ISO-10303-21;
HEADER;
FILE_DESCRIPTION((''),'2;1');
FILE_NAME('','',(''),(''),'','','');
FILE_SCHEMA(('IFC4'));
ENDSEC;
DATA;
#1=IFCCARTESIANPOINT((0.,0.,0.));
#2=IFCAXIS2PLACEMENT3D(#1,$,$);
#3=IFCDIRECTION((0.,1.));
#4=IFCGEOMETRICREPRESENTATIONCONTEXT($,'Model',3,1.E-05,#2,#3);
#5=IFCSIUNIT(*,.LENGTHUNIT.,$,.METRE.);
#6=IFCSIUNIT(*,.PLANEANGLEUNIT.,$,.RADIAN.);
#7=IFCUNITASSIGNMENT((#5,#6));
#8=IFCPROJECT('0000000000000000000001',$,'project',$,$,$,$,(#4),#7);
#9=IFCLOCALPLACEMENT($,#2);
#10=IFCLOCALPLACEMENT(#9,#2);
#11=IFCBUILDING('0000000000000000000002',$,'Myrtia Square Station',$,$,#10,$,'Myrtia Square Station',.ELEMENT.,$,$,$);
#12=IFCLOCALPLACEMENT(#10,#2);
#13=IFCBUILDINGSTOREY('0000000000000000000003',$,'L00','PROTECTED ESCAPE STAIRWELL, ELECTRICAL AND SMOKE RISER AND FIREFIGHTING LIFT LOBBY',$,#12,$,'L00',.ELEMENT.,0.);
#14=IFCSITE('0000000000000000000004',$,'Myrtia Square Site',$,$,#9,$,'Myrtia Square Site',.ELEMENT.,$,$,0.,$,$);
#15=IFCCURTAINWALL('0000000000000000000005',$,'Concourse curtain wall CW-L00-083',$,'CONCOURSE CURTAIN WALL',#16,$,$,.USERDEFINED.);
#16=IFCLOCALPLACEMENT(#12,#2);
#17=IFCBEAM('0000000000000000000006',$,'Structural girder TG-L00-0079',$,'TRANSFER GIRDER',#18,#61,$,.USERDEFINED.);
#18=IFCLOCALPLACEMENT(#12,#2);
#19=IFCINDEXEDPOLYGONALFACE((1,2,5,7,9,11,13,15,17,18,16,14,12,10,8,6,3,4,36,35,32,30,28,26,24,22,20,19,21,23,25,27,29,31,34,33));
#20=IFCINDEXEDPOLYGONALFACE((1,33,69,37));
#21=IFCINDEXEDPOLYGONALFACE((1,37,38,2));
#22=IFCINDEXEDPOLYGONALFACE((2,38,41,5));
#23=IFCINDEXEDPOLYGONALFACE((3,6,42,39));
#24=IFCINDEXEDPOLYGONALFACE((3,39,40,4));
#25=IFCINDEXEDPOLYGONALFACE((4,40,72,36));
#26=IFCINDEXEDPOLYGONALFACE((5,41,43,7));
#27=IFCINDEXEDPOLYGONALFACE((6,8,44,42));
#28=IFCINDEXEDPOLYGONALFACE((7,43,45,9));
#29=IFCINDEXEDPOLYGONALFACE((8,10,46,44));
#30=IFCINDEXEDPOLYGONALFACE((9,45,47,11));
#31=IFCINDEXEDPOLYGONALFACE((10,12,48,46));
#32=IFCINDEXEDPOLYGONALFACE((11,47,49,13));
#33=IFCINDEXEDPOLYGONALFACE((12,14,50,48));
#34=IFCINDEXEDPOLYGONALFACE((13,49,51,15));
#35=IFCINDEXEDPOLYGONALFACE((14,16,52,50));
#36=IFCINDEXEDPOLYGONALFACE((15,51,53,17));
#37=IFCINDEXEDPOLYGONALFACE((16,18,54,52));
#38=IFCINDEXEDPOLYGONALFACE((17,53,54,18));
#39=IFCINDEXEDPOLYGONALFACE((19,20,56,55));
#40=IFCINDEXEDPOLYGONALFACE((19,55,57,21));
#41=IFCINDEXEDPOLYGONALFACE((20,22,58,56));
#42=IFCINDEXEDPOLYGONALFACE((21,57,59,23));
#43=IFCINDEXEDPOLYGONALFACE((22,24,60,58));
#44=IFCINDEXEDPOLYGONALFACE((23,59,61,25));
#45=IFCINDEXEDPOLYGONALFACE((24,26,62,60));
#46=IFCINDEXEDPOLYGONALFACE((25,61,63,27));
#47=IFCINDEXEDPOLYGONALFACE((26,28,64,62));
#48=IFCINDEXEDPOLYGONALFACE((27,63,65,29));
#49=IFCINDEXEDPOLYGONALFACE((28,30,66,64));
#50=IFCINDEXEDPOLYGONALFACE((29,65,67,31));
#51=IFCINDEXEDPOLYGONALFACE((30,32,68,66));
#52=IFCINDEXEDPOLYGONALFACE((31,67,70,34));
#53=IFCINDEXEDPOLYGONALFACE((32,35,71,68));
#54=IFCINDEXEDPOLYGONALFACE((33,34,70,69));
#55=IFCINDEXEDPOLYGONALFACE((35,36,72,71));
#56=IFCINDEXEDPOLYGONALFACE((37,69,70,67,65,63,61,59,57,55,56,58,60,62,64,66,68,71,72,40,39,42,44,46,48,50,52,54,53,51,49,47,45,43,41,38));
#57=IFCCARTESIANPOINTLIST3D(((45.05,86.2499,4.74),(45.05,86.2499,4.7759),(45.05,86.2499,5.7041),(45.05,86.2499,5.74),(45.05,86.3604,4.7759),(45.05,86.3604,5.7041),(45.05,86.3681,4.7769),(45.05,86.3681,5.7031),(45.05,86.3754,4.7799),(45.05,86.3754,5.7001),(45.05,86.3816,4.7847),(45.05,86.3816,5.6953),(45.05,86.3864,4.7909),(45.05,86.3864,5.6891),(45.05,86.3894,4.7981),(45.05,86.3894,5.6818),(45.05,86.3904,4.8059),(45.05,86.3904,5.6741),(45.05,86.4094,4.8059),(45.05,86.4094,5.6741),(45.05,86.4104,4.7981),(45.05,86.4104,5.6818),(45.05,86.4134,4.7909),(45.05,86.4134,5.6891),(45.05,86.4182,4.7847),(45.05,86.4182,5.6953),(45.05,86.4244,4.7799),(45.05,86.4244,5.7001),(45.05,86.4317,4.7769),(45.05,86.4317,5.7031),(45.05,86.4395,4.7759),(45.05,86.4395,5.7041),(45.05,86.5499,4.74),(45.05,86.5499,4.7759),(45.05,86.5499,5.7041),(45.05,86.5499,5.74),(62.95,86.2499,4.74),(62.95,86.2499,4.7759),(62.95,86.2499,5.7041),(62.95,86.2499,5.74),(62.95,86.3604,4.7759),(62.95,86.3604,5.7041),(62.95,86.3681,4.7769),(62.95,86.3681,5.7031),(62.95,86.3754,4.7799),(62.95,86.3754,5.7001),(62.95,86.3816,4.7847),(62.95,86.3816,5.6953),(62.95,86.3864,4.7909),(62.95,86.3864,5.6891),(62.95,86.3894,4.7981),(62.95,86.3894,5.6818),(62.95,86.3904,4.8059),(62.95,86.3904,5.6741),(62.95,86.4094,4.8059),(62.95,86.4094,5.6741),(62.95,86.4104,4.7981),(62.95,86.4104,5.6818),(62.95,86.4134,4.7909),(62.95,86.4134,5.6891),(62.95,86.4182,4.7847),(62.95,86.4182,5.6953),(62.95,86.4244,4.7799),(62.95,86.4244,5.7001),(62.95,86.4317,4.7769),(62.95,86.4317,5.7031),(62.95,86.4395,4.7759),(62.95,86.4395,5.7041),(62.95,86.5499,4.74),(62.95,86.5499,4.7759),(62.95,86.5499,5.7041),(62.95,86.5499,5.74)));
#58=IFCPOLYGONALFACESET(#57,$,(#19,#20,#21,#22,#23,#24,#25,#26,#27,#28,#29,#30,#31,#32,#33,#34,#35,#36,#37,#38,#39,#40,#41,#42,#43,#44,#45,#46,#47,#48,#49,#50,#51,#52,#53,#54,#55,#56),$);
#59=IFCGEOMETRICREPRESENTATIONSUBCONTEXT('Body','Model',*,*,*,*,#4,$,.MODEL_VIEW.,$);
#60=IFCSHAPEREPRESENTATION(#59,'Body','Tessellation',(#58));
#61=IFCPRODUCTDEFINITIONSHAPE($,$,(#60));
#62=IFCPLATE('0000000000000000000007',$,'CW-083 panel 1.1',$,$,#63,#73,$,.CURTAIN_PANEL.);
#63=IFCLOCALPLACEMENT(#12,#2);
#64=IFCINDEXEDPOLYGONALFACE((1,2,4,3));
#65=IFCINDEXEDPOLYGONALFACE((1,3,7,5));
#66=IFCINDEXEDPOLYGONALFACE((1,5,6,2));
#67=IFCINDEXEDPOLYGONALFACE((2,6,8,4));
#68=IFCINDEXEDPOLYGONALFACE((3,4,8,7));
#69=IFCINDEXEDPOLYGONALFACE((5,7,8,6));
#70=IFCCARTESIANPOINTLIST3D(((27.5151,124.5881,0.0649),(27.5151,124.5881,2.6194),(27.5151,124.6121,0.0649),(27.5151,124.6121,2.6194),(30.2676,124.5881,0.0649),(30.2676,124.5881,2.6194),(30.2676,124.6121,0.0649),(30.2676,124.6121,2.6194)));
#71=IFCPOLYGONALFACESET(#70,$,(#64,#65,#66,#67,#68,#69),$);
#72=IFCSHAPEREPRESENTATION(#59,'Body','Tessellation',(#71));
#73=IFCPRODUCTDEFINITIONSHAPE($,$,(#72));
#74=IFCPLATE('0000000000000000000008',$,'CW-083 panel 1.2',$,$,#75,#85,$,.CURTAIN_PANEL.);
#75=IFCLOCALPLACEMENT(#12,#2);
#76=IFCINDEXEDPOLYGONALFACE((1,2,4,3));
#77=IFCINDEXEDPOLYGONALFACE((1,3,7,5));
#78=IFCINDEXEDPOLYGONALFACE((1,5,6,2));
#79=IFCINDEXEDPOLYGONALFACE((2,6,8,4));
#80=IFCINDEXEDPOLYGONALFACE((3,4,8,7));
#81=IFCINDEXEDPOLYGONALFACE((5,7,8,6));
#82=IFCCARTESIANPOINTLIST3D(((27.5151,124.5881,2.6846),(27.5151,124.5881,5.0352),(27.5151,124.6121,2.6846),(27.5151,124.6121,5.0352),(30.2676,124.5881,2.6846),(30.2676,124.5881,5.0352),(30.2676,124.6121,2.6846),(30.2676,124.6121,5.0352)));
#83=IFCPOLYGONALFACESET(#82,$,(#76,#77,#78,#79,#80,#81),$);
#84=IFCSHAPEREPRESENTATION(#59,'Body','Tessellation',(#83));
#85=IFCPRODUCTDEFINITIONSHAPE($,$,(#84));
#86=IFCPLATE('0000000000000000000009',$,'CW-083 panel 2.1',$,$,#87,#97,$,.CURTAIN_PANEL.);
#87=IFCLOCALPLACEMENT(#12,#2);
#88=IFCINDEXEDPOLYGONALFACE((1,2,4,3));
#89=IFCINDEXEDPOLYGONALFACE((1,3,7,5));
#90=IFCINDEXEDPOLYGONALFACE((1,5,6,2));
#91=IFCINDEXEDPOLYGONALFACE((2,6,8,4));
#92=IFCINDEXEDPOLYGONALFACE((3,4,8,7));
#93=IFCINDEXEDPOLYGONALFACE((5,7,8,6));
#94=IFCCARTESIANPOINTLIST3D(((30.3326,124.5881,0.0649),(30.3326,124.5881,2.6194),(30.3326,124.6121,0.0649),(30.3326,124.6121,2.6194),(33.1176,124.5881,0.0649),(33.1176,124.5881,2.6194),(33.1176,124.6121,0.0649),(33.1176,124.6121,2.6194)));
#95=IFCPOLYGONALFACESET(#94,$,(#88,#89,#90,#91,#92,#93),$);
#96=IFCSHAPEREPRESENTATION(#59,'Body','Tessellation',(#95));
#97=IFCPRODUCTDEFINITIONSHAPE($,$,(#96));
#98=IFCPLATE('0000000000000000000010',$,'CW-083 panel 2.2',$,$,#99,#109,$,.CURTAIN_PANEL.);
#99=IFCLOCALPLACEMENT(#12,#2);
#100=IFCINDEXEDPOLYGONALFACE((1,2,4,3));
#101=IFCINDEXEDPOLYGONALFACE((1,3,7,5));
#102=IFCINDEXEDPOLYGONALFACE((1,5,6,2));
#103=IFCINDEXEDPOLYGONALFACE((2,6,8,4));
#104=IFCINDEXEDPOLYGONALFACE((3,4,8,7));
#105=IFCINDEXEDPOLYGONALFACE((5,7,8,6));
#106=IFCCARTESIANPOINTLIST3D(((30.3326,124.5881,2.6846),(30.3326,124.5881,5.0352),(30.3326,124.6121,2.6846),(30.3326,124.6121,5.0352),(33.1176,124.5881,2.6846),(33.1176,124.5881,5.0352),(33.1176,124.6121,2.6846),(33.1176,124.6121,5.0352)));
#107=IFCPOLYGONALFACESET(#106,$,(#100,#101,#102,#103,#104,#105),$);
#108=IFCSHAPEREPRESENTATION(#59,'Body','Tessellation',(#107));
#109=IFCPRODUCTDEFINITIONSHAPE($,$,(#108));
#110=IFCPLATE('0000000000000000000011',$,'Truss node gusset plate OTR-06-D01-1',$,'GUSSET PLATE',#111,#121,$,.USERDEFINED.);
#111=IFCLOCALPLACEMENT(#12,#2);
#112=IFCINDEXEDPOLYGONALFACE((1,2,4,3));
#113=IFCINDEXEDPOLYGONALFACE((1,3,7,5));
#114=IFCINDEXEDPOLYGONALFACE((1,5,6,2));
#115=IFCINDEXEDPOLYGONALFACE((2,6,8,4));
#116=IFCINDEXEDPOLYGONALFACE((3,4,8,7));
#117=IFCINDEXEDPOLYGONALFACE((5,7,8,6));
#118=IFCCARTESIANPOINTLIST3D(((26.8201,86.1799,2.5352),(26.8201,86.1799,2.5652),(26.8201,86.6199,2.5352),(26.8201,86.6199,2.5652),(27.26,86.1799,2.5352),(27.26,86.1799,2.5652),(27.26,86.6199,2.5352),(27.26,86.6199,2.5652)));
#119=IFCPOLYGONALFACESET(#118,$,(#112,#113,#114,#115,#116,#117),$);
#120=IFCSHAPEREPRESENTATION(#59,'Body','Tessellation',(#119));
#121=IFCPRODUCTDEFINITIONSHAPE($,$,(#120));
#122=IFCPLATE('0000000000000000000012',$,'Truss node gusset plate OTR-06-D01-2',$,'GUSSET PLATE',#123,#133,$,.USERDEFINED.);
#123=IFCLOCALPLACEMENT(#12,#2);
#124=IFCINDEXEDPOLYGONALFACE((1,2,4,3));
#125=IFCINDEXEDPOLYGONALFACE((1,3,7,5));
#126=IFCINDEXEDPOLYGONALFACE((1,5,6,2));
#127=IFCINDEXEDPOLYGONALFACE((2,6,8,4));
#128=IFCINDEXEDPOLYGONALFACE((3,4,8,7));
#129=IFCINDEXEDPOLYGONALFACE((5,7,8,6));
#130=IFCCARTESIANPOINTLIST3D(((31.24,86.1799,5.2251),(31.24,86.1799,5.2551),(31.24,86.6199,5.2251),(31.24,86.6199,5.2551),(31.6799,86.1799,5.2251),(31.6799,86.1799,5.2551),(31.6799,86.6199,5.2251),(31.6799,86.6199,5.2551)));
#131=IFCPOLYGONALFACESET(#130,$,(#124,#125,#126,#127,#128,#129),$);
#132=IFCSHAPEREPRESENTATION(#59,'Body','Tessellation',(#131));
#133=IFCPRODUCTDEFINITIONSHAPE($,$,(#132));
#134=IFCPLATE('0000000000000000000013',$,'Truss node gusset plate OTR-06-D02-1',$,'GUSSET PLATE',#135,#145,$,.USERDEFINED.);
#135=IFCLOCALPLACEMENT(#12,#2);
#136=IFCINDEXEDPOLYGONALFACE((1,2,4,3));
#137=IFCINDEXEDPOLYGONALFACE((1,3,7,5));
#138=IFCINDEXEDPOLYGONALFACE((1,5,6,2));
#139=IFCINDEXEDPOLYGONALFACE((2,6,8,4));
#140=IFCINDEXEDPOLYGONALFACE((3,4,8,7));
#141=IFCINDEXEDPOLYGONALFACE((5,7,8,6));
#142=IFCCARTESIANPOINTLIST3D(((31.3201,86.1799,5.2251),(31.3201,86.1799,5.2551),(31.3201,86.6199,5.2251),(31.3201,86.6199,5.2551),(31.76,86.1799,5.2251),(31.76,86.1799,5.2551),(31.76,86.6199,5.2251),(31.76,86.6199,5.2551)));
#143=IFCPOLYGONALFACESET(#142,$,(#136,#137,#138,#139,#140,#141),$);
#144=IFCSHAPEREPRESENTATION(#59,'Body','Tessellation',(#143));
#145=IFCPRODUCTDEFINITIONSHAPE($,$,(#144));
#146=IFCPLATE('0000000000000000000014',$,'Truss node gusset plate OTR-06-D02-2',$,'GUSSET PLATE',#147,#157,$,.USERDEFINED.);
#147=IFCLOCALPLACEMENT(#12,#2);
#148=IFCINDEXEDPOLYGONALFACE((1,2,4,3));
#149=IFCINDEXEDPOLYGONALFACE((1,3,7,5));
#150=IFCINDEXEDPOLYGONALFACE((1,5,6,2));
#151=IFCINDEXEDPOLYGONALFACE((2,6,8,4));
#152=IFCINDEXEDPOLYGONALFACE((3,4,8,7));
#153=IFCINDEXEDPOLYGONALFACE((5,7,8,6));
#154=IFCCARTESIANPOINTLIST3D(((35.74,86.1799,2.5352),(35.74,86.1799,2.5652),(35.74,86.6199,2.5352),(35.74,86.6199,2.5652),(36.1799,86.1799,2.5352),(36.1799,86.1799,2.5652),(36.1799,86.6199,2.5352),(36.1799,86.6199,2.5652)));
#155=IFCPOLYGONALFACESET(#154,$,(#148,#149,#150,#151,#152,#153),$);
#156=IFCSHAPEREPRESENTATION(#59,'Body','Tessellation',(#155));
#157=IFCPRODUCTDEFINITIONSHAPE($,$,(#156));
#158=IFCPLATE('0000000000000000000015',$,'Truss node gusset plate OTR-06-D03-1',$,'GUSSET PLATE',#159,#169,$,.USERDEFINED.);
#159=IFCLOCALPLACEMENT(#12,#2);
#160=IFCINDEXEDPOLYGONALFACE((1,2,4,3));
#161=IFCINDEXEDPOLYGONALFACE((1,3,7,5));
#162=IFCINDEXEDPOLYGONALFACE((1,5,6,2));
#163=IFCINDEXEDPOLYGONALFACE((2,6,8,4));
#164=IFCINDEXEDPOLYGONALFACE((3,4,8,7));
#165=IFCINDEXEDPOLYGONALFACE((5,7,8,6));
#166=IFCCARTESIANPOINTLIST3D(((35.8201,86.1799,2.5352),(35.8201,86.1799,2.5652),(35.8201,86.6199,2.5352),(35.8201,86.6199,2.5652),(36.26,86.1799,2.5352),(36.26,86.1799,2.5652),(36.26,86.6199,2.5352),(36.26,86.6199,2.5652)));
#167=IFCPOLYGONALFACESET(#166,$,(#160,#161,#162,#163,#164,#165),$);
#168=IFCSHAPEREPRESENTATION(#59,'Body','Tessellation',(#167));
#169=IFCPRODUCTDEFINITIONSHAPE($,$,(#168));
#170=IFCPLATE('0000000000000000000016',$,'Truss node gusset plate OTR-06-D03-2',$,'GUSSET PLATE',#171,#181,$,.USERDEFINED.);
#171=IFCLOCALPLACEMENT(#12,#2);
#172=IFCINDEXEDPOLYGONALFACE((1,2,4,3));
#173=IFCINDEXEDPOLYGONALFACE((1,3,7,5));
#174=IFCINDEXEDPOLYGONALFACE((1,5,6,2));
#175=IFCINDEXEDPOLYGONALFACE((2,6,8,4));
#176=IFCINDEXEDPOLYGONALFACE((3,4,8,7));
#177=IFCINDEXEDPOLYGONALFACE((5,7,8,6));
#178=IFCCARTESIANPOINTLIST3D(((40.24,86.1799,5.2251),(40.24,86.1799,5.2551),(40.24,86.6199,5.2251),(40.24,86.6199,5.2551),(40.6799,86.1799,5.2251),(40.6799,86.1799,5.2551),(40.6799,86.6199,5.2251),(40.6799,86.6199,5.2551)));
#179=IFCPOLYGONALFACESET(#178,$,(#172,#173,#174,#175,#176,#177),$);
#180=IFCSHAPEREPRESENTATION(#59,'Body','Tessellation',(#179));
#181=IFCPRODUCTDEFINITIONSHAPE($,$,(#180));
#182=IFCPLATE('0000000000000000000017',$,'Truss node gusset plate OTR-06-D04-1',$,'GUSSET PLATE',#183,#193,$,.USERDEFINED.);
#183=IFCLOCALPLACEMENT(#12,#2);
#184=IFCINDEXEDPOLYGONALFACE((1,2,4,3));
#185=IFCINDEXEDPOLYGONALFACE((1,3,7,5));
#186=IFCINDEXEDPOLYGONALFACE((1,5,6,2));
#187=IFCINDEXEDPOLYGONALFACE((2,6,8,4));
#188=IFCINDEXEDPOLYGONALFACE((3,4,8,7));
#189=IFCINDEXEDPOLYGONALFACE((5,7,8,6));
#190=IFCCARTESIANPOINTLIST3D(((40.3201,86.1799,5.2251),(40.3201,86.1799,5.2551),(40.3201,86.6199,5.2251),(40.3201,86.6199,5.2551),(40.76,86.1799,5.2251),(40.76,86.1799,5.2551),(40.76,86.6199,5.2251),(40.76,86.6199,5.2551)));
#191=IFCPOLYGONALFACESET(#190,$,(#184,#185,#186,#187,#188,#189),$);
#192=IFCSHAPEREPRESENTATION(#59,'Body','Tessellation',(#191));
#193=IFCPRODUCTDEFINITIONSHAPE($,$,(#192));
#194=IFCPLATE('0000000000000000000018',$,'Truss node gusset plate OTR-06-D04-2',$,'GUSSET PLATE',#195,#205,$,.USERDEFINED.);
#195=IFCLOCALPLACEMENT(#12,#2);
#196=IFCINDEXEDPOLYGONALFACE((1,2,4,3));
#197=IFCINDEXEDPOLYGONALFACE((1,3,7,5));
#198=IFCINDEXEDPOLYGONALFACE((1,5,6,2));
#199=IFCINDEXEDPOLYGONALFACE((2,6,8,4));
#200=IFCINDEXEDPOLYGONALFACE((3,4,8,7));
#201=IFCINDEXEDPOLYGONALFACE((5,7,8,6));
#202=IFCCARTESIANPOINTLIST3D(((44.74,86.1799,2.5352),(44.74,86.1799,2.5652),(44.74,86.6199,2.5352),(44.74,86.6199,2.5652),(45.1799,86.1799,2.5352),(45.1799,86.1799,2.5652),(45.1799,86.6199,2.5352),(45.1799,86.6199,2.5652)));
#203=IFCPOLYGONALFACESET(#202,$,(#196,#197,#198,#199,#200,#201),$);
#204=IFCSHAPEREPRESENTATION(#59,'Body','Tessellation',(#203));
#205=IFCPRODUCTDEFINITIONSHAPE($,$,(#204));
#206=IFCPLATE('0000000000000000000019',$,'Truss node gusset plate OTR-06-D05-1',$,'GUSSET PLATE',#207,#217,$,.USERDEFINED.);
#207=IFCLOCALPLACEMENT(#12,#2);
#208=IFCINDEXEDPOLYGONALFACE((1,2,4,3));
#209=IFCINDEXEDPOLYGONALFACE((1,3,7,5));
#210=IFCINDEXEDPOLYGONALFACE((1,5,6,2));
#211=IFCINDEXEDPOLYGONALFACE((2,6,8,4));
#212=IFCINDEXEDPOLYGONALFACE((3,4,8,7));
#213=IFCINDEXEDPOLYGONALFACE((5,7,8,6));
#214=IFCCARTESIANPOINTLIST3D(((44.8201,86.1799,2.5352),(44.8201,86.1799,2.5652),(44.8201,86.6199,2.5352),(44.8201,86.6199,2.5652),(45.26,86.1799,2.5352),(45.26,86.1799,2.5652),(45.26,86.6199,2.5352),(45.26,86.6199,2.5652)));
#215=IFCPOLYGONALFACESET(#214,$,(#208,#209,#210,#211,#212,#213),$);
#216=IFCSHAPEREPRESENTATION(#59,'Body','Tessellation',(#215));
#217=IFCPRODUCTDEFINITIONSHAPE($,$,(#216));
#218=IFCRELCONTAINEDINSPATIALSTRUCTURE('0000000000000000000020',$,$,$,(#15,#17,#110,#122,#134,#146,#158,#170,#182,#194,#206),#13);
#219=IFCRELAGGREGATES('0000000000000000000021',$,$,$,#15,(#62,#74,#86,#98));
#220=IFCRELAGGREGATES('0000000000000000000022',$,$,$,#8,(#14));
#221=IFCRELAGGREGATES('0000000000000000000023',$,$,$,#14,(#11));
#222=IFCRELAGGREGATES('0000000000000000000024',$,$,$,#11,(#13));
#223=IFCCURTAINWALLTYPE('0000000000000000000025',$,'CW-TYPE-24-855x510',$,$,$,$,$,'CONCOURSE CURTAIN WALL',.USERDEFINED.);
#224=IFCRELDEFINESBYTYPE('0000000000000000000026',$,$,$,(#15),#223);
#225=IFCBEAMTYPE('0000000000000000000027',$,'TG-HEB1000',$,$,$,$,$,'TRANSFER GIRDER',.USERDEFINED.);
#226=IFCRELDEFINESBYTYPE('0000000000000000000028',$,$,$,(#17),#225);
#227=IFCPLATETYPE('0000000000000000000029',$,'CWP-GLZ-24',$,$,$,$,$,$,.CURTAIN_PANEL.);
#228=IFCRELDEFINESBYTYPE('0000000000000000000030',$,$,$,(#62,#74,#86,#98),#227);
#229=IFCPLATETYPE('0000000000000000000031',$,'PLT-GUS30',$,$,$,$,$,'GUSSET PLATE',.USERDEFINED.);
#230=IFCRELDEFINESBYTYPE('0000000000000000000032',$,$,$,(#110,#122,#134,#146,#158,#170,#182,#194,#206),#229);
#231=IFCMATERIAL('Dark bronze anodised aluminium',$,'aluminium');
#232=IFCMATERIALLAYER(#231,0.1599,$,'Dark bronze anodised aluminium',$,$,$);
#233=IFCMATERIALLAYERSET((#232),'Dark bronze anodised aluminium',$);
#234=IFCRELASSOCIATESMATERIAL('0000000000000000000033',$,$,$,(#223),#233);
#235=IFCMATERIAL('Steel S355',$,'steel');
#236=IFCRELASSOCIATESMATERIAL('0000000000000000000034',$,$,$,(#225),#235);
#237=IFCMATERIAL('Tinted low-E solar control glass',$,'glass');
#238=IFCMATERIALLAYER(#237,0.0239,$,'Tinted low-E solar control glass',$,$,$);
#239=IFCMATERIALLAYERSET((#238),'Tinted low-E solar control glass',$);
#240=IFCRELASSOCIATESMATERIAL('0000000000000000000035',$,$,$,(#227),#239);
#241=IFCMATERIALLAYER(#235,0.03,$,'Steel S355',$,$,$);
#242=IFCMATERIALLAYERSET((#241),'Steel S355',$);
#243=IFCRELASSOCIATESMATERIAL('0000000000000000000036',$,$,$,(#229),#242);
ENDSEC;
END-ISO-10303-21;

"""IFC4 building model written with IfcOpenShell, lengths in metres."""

from ifc_helpers import new_model, si_unit, direction, frame, origin, origin_2d, place, context, subcontext, project, spatial, rectangle, i_section, extrude, material, layer, layer_set, material_profile, profile_set, type_object, element, aggregate, save


model = new_model("IFC4")

# Units and contexts
model_context = context("Model", 3, precision=1e-05, world=origin(), true_north=direction((0.0, 1.0)))
body_context = subcontext(model_context, "Body", "Model", "MODEL_VIEW")
ifc_project = project(units=[si_unit("LENGTHUNIT", "METRE"), si_unit("PLANEANGLEUNIT", "RADIAN")], contexts=[model_context])

# Site, building, storey
site_placement = place(None, origin())
site = spatial("IfcSite", under=ifc_project, at=site_placement, Name="Myrtia Square Site", LongName="Myrtia Square Site", CompositionType="ELEMENT", RefElevation=0.0)
building_placement = place(site_placement, origin())
building = spatial("IfcBuilding", under=site, at=building_placement, Name="Myrtia Square Station", LongName="Myrtia Square Station", CompositionType="ELEMENT")
storey_placement = place(building_placement, origin())
storey = spatial("IfcBuildingStorey", under=building, at=storey_placement, Name="L00", Description="PROTECTED ESCAPE STAIRWELL, ELECTRICAL AND SMOKE RISER AND FIREFIGHTING LIFT LOBBY", LongName="L00", CompositionType="ELEMENT", Elevation=0.0)

# Shared definitions
ifc_material_1 = material(Name="Steel S355", Category="steel")

# Curtain wall
ifc_material_2 = material(Name="Dark bronze anodised aluminium", Category="aluminium")
ifc_layer_1 = layer(ifc_material_2, 0.1599, Name="Dark bronze anodised aluminium")
ifc_layer_set_1 = layer_set([ifc_layer_1], Name="Dark bronze anodised aluminium")
curtain_wall_type = type_object("IfcCurtainWallType", Name="CW-TYPE-24-855x510", ElementType="CONCOURSE CURTAIN WALL", PredefinedType="USERDEFINED", material=ifc_layer_set_1)
curtain_wall_placement = place(storey_placement, origin())
curtain_wall = element("IfcCurtainWall", 1, at=curtain_wall_placement, inside=storey, type_object=curtain_wall_type, Name="Concourse curtain wall CW-L00-083", ObjectType="CONCOURSE CURTAIN WALL", PredefinedType="USERDEFINED")

# Beam
ifc_material_profile_1 = material_profile(ifc_material_1, i_section(OverallWidth=0.3, OverallDepth=1.0, WebThickness=0.019, FlangeThickness=0.0359, FilletRadius=0.03, at=origin_2d()), Name="HEB 1000")
ifc_profile_set_1 = profile_set([ifc_material_profile_1], Name="Steel S355")
beam_type = type_object("IfcBeamType", Name="TG-HEB1000", ElementType="TRANSFER GIRDER", PredefinedType="USERDEFINED", material=ifc_profile_set_1)
for number, where, z_axis, x_axis, name in (
    (2, (45.05, 86.3999, 5.24), (1.0, 0.0, 0.0), (0.0, 1.0, 0.0), "Structural girder TG-L00-0079"),
):
    element("IfcBeam", number, at=place(storey_placement, frame(where, z_axis=z_axis, x_axis=x_axis)), inside=storey, type_object=beam_type, Name=name, ObjectType="TRANSFER GIRDER", PredefinedType="USERDEFINED", context=body_context, shape_type="SweptSolid", body=[
        extrude(i_section(OverallWidth=0.3, OverallDepth=1.0, WebThickness=0.019, FlangeThickness=0.0359, FilletRadius=0.03, at=origin_2d()), origin(), (0.0, 0.0, 1.0), 17.8999),
    ])

# Plates
ifc_material_3 = material(Name="Tinted low-E solar control glass", Category="glass")
ifc_layer_2 = layer(ifc_material_3, 0.0239, Name="Tinted low-E solar control glass")
ifc_layer_set_2 = layer_set([ifc_layer_2], Name="Tinted low-E solar control glass")
plate_type_1 = type_object("IfcPlateType", Name="CWP-GLZ-24", PredefinedType="CURTAIN_PANEL", material=ifc_layer_set_2)
plate_1_placement = place(storey_placement, frame((28.8914, 124.6001, 0.0649), z_axis=(0.0, 0.0, 1.0), x_axis=(1.0, 0.0, 0.0)))
plate_1 = element("IfcPlate", 3, at=plate_1_placement, type_object=plate_type_1, Name="CW-083 panel 1.1", PredefinedType="CURTAIN_PANEL", context=body_context, shape_type="SweptSolid", body=[
    extrude(rectangle(XDim=2.7524, YDim=0.0239, at=origin_2d()), origin(), (0.0, 0.0, 1.0), 2.5544),
])
plate_2_placement = place(storey_placement, frame((28.8914, 124.6001, 2.6846), z_axis=(0.0, 0.0, 1.0), x_axis=(1.0, 0.0, 0.0)))
plate_2 = element("IfcPlate", 4, at=plate_2_placement, type_object=plate_type_1, Name="CW-083 panel 1.2", PredefinedType="CURTAIN_PANEL", context=body_context, shape_type="SweptSolid", body=[
    extrude(rectangle(XDim=2.7524, YDim=0.0239, at=origin_2d()), origin(), (0.0, 0.0, 1.0), 2.3506),
])
plate_3_placement = place(storey_placement, frame((31.7251, 124.6001, 0.0649), z_axis=(0.0, 0.0, 1.0), x_axis=(1.0, 0.0, 0.0)))
plate_3 = element("IfcPlate", 5, at=plate_3_placement, type_object=plate_type_1, Name="CW-083 panel 2.1", PredefinedType="CURTAIN_PANEL", context=body_context, shape_type="SweptSolid", body=[
    extrude(rectangle(XDim=2.7849, YDim=0.0239, at=origin_2d()), origin(), (0.0, 0.0, 1.0), 2.5544),
])
plate_4_placement = place(storey_placement, frame((31.7251, 124.6001, 2.6846), z_axis=(0.0, 0.0, 1.0), x_axis=(1.0, 0.0, 0.0)))
plate_4 = element("IfcPlate", 6, at=plate_4_placement, type_object=plate_type_1, Name="CW-083 panel 2.2", PredefinedType="CURTAIN_PANEL", context=body_context, shape_type="SweptSolid", body=[
    extrude(rectangle(XDim=2.7849, YDim=0.0239, at=origin_2d()), origin(), (0.0, 0.0, 1.0), 2.3506),
])
aggregate(curtain_wall, [plate_1, plate_2, plate_3, plate_4])

# Plates
ifc_layer_3 = layer(ifc_material_1, 0.03, Name="Steel S355")
ifc_layer_set_3 = layer_set([ifc_layer_3], Name="Steel S355")
plate_type_2 = type_object("IfcPlateType", Name="PLT-GUS30", ElementType="GUSSET PLATE", PredefinedType="USERDEFINED", material=ifc_layer_set_3)
for number, where, z_axis, x_axis, name in (
    (7, (27.04, 86.3999, 2.5352), (0.0, 0.0, 1.0), (1.0, 0.0, 0.0), "Truss node gusset plate OTR-06-D01-1"),
    (8, (31.46, 86.3999, 5.2251), (0.0, 0.0, 1.0), (1.0, 0.0, 0.0), "Truss node gusset plate OTR-06-D01-2"),
    (9, (31.54, 86.3999, 5.2251), (0.0, 0.0, 1.0), (1.0, 0.0, 0.0), "Truss node gusset plate OTR-06-D02-1"),
    (10, (35.96, 86.3999, 2.5352), (0.0, 0.0, 1.0), (1.0, 0.0, 0.0), "Truss node gusset plate OTR-06-D02-2"),
    (11, (36.04, 86.3999, 2.5352), (0.0, 0.0, 1.0), (1.0, 0.0, 0.0), "Truss node gusset plate OTR-06-D03-1"),
    (12, (40.46, 86.3999, 5.2251), (0.0, 0.0, 1.0), (1.0, 0.0, 0.0), "Truss node gusset plate OTR-06-D03-2"),
    (13, (40.54, 86.3999, 5.2251), (0.0, 0.0, 1.0), (1.0, 0.0, 0.0), "Truss node gusset plate OTR-06-D04-1"),
    (14, (44.96, 86.3999, 2.5352), (0.0, 0.0, 1.0), (1.0, 0.0, 0.0), "Truss node gusset plate OTR-06-D04-2"),
    (15, (45.04, 86.3999, 2.5352), (0.0, 0.0, 1.0), (1.0, 0.0, 0.0), "Truss node gusset plate OTR-06-D05-1"),
):
    element("IfcPlate", number, at=place(storey_placement, frame(where, z_axis=z_axis, x_axis=x_axis)), inside=storey, type_object=plate_type_2, Name=name, ObjectType="GUSSET PLATE", PredefinedType="USERDEFINED", context=body_context, shape_type="SweptSolid", body=[
        extrude(rectangle(XDim=0.4399, YDim=0.4399, at=origin_2d()), origin(), (0.0, 0.0, 1.0), 0.03),
    ])

save(model, "model.ifc")
